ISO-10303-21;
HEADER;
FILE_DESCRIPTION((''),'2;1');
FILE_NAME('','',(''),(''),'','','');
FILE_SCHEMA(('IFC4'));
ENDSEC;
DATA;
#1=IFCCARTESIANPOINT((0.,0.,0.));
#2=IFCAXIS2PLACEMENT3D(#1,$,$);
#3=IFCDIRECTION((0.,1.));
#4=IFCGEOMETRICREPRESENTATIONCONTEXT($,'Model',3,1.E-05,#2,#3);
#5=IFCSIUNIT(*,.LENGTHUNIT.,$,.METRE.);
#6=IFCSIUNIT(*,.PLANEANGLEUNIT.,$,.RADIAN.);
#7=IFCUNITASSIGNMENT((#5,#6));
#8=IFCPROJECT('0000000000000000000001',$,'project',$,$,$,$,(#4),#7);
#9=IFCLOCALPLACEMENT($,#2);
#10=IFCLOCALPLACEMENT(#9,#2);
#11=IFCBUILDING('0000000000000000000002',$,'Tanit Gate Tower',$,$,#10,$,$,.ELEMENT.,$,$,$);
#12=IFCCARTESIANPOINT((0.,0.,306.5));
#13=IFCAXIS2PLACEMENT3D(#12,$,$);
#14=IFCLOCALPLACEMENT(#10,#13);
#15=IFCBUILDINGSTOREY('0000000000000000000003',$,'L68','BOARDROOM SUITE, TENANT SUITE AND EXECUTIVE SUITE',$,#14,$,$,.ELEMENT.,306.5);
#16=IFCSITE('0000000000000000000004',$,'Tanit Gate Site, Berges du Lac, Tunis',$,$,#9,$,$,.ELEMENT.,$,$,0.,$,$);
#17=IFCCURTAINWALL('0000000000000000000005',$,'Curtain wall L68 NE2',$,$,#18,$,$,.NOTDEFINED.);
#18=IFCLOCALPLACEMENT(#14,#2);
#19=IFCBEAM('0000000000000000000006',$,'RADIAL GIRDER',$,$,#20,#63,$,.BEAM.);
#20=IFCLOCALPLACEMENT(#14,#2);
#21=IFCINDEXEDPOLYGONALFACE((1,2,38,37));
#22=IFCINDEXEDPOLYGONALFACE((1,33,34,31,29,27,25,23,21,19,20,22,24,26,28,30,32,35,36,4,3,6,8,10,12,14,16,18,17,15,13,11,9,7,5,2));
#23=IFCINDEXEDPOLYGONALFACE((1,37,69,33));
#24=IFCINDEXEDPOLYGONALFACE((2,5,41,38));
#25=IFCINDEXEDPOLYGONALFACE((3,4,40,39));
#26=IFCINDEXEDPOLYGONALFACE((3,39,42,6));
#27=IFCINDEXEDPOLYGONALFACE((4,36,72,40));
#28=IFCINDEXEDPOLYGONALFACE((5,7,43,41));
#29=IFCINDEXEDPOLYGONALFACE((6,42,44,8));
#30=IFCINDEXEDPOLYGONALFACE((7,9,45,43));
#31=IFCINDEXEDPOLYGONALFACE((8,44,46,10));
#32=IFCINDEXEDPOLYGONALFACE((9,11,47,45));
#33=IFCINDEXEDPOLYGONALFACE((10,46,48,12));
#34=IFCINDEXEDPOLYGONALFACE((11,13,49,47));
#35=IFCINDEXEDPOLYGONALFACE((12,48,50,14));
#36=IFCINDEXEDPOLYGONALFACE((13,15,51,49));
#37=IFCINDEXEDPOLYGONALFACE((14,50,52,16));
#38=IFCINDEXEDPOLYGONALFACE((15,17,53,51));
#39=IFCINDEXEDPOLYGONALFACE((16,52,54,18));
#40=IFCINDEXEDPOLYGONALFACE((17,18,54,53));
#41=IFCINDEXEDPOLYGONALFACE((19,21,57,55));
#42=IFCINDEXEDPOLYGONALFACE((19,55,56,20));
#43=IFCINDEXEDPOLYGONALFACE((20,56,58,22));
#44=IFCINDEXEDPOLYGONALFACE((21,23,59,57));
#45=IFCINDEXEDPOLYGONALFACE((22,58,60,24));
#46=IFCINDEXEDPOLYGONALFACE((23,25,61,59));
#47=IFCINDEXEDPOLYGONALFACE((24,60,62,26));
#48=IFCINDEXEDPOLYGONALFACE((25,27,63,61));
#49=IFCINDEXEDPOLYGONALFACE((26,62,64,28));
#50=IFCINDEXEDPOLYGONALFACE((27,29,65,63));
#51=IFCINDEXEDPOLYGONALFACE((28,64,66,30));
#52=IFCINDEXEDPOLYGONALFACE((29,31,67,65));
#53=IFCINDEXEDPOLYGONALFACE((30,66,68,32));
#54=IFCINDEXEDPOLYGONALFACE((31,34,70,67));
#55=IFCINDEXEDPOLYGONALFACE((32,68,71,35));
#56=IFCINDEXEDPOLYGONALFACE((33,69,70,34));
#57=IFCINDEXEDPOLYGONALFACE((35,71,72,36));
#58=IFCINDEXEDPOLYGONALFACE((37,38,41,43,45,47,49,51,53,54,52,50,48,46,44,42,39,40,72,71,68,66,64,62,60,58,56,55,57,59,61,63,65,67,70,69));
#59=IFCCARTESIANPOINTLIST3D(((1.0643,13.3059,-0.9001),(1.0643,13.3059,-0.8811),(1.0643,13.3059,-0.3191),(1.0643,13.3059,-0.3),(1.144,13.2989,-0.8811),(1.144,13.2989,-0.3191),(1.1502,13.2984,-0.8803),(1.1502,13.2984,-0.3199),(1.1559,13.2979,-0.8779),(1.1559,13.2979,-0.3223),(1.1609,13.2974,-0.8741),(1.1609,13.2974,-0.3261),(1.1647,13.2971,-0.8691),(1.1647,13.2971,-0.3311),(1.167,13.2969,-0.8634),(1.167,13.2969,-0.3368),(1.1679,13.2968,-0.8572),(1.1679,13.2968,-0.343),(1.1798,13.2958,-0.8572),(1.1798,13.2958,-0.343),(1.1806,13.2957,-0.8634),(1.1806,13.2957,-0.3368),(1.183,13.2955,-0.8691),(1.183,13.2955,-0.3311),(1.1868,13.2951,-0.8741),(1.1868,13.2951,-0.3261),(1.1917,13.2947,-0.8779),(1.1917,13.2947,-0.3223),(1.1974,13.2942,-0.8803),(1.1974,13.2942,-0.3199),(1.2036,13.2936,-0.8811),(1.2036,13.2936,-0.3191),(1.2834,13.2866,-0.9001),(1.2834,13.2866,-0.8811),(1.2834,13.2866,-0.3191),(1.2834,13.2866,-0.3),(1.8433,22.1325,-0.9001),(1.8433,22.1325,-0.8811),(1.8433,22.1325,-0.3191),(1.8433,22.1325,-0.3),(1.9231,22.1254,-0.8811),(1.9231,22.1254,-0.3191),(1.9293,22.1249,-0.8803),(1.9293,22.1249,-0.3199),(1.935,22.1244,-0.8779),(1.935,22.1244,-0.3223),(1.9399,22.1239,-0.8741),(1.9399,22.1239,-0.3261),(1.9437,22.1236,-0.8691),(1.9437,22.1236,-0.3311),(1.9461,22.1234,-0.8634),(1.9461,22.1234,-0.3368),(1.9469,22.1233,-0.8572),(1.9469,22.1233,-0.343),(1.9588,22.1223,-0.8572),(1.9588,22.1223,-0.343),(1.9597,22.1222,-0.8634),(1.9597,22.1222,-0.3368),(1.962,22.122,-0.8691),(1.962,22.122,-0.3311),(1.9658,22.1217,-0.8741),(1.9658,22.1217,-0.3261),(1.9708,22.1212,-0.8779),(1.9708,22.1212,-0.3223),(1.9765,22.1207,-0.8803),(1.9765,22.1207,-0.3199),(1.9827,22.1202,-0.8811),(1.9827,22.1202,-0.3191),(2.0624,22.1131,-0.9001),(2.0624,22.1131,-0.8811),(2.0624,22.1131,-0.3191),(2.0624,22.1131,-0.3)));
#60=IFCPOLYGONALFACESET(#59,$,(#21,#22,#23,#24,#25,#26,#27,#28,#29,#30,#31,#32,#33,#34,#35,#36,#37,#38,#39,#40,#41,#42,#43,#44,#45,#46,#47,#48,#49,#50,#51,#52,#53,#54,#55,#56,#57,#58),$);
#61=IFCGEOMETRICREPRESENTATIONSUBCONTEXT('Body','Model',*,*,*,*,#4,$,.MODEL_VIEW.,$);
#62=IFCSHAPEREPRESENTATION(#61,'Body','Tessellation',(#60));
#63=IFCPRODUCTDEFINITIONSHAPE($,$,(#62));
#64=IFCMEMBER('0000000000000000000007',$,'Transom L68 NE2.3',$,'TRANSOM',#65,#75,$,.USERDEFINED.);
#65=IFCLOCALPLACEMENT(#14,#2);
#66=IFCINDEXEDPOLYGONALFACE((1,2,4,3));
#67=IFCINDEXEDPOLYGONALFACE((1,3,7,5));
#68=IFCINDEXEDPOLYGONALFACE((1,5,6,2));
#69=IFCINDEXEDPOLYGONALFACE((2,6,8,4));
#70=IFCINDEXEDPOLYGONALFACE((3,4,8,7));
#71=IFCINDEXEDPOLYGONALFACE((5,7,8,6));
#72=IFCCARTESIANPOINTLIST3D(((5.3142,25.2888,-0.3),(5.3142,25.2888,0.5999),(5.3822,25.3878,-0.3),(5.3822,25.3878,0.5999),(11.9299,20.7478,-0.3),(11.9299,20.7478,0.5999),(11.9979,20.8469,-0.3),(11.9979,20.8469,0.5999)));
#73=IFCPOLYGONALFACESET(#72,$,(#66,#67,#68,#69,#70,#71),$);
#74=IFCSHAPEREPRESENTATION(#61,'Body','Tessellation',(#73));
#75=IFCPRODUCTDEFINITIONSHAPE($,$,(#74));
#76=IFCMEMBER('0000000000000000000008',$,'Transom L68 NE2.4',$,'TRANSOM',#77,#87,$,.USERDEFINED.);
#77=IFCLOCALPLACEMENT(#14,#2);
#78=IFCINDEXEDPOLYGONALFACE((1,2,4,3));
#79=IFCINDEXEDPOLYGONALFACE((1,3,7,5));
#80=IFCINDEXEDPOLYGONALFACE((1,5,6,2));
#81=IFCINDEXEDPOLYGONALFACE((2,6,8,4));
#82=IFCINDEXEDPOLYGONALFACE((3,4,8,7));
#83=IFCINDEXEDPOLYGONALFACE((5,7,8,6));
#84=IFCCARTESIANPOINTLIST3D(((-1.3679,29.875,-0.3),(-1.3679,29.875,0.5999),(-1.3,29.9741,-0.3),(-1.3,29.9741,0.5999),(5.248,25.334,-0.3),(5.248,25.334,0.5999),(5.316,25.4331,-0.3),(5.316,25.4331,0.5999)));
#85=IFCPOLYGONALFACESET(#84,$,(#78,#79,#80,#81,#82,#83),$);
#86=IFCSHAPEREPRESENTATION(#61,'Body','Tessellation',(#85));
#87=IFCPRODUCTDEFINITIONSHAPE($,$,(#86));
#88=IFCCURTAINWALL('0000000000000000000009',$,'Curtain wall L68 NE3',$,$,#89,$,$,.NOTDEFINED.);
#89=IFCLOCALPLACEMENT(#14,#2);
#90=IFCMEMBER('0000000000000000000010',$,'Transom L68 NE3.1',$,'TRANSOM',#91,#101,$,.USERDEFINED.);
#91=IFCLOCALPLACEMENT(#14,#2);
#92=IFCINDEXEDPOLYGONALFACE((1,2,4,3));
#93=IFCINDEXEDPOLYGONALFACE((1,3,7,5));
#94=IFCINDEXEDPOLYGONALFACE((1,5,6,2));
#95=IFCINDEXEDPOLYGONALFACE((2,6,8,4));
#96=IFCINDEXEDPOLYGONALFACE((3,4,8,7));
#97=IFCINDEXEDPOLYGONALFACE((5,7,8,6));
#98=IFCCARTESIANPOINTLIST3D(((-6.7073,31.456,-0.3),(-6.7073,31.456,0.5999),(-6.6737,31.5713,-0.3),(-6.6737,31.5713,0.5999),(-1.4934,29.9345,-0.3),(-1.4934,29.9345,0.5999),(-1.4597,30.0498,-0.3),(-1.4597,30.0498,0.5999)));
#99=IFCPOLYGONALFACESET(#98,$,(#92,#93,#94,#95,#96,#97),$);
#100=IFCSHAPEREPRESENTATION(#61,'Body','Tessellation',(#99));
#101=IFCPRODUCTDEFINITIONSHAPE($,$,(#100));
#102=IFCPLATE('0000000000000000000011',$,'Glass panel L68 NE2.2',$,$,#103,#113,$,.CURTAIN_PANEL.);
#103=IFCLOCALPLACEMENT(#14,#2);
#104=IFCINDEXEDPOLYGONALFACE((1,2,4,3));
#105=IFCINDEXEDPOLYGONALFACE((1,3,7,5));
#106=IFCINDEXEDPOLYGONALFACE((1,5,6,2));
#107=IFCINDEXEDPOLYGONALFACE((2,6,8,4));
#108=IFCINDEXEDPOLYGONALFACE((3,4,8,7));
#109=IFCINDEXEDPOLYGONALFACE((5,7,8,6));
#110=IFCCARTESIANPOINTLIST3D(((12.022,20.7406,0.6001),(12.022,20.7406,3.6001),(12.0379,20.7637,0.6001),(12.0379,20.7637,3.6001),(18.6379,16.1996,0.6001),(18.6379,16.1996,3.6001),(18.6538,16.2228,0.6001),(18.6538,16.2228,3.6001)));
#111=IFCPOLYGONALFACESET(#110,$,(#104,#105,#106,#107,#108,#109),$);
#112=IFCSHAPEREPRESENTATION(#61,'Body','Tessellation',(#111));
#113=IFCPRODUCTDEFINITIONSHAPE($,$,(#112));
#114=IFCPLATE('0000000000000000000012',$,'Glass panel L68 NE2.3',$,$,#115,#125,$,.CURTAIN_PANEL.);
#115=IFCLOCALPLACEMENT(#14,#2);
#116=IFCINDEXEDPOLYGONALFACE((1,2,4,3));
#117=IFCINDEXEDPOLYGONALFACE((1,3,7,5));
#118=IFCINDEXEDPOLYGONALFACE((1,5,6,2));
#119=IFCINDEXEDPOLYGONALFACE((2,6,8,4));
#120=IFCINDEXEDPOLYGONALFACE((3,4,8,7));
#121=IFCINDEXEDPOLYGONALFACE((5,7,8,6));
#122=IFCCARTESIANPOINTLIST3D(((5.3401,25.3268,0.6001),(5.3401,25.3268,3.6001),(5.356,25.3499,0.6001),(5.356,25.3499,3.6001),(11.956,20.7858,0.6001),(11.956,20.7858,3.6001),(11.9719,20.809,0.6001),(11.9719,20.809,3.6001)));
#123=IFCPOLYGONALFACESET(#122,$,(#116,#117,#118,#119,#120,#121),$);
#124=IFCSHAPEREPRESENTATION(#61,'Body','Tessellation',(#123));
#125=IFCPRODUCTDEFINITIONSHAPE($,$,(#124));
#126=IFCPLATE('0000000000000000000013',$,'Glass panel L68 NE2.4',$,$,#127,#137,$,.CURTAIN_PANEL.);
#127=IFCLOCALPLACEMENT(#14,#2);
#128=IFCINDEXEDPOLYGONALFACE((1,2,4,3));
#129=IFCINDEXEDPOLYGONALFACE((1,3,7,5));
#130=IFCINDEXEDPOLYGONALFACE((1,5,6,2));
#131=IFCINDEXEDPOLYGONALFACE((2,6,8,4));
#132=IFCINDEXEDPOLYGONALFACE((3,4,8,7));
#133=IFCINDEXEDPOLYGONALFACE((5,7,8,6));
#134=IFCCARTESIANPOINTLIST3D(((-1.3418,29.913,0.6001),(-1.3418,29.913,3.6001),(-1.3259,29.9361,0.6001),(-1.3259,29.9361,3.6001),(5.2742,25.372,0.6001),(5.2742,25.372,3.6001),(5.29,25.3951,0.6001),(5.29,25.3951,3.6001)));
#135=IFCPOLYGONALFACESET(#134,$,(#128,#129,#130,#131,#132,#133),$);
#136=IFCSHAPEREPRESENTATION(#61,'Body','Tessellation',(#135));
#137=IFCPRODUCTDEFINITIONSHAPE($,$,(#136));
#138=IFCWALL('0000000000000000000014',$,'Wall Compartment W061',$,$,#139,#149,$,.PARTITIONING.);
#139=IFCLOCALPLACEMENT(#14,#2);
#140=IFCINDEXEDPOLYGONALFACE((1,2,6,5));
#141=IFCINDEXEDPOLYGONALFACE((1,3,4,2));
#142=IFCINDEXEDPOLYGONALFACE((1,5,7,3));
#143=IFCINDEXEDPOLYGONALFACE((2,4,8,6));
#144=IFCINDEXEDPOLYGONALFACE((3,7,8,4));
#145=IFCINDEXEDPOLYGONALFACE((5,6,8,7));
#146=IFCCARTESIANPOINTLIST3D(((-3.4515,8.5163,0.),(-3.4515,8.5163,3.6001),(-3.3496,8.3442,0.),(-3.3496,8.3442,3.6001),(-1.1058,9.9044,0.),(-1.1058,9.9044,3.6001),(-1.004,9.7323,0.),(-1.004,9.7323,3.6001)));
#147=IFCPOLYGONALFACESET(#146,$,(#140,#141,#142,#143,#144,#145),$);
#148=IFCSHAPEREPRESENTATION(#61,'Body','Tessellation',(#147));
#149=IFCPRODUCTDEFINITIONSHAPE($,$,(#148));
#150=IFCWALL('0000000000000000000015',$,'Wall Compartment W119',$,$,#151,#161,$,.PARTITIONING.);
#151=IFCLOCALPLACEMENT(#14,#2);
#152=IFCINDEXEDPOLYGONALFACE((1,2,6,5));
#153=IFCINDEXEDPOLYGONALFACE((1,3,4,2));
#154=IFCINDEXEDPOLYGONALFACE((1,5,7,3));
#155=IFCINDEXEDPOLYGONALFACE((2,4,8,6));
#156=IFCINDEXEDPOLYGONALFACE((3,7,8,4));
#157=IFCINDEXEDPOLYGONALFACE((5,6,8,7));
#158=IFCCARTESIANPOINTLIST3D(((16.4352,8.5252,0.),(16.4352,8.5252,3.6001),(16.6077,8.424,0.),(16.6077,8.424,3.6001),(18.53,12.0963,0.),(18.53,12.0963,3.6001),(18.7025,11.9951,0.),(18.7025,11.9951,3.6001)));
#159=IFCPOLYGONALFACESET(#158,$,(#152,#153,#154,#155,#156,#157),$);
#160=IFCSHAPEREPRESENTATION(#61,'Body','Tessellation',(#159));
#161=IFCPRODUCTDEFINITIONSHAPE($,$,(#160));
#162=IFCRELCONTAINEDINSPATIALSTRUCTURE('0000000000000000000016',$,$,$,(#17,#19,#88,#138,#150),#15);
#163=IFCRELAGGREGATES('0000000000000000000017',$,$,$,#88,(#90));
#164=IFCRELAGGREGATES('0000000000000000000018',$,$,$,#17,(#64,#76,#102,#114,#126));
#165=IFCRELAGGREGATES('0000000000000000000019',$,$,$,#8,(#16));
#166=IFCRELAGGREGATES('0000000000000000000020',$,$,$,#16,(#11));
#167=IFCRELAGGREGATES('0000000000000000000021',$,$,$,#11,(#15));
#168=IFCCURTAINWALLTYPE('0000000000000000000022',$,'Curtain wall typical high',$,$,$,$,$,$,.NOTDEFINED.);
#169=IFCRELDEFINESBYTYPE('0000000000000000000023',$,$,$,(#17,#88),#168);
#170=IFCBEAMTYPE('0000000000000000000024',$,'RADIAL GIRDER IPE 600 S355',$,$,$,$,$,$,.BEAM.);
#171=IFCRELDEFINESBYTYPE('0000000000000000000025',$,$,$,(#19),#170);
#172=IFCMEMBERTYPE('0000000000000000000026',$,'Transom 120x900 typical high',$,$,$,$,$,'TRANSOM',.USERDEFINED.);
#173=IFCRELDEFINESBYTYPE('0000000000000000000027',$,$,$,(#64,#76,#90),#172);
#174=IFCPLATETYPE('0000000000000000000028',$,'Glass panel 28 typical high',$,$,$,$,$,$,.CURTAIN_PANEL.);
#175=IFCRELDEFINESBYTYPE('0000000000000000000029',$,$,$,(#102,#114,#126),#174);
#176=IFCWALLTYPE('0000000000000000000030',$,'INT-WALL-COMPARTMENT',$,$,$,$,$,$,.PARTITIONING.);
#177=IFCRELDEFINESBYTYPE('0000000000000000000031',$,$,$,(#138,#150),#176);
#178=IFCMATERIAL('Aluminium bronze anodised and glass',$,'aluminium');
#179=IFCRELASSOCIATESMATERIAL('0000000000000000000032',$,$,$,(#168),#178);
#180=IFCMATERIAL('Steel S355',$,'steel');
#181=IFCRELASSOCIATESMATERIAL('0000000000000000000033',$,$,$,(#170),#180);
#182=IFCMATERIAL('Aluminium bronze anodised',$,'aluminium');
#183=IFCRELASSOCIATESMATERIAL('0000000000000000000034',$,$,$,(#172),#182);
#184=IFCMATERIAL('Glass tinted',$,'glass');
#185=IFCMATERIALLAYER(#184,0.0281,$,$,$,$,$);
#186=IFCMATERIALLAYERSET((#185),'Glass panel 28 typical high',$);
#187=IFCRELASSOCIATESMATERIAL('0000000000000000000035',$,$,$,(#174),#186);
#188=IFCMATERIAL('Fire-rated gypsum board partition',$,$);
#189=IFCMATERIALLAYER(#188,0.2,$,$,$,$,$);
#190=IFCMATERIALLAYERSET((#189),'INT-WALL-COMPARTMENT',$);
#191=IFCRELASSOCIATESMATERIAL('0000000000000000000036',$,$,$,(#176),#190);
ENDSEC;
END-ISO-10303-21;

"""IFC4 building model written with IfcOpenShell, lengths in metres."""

from ifc_helpers import new_model, si_unit, direction, frame, frame_2d, origin, origin_2d, place, context, subcontext, project, spatial, rectangle, i_section, extrude, material, layer, layer_set, material_profile, profile_set, type_object, element, aggregate, save


model = new_model("IFC4")

# Units and contexts
model_context = context("Model", 3, precision=1e-05, world=origin(), true_north=direction((0.0, 1.0)))
body_context = subcontext(model_context, "Body", "Model", "MODEL_VIEW")
ifc_project = project(units=[si_unit("LENGTHUNIT", "METRE"), si_unit("PLANEANGLEUNIT", "RADIAN")], contexts=[model_context])

# Site, building, storey
site_placement = place(None, origin())
site = spatial("IfcSite", under=ifc_project, at=site_placement, Name="Tanit Gate Site, Berges du Lac, Tunis", CompositionType="ELEMENT", RefElevation=0.0)
building_placement = place(site_placement, origin())
building = spatial("IfcBuilding", under=site, at=building_placement, Name="Tanit Gate Tower", CompositionType="ELEMENT")
storey_placement = place(building_placement, frame((0.0, 0.0, 306.5)))
storey = spatial("IfcBuildingStorey", under=building, at=storey_placement, Name="L68", Description="BOARDROOM SUITE, TENANT SUITE AND EXECUTIVE SUITE", CompositionType="ELEMENT", Elevation=306.5)

# Curtain wall
ifc_material_1 = material(Name="Aluminium bronze anodised and glass", Category="aluminium")
curtain_wall_type = type_object("IfcCurtainWallType", Name="Curtain wall typical high", PredefinedType="NOTDEFINED", material=ifc_material_1)
curtain_wall_1_placement = place(storey_placement, origin())
curtain_wall_1 = element("IfcCurtainWall", 1, at=curtain_wall_1_placement, inside=storey, type_object=curtain_wall_type, Name="Curtain wall L68 NE2", PredefinedType="NOTDEFINED")

# Beam
ifc_material_2 = material(Name="Steel S355", Category="steel")
ifc_material_profile_1 = material_profile(ifc_material_2, i_section(OverallWidth=0.22, OverallDepth=0.6001, WebThickness=0.012, FlangeThickness=0.019, FilletRadius=0.0239, at=origin_2d()), Name="IPE 600")
ifc_profile_set_1 = profile_set([ifc_material_profile_1], Name="Steel S355")
beam_type = type_object("IfcBeamType", Name="RADIAL GIRDER IPE 600 S355", PredefinedType="BEAM", material=ifc_profile_set_1)
beam_placement = place(storey_placement, frame((1.9529, 22.1228, -0.6001), z_axis=(-0.087922, -0.996127, 0.0), x_axis=(0.996127, -0.087922, 0.0)))
element("IfcBeam", 2, at=beam_placement, inside=storey, type_object=beam_type, Name="RADIAL GIRDER", PredefinedType="BEAM", context=body_context, shape_type="SweptSolid", body=[
    extrude(i_section(OverallWidth=0.22, OverallDepth=0.6001, WebThickness=0.012, FlangeThickness=0.019, FilletRadius=0.0239, at=origin_2d()), origin(), (0.0, 0.0, 1.0), 8.8608),
])

# Members
ifc_material_3 = material(Name="Aluminium bronze anodised", Category="aluminium")
ifc_material_profile_2 = material_profile(ifc_material_3, rectangle(XDim=0.1201, YDim=0.8999, at=origin_2d()), Name="120x900 bronze transom")
ifc_profile_set_2 = profile_set([ifc_material_profile_2], Name="Aluminium bronze anodised")
member_type_1 = type_object("IfcMemberType", Name="Transom 120x900 typical high", ElementType="TRANSOM", PredefinedType="USERDEFINED", material=ifc_profile_set_2)
member_1_placement = place(storey_placement, frame((11.9639, 20.7974, 0.1499), z_axis=(-0.824466, 0.565911, 0.0), x_axis=(-0.565911, -0.824466, 0.0)))
member_1 = element("IfcMember", 3, at=member_1_placement, type_object=member_type_1, Name="Transom L68 NE2.3", ObjectType="TRANSOM", PredefinedType="USERDEFINED", context=body_context, shape_type="SweptSolid", body=[
    extrude(rectangle(XDim=0.1201, YDim=0.8999, at=origin_2d()), origin(), (0.0, 0.0, 1.0), 8.0242),
])
member_2_placement = place(storey_placement, frame((5.282, 25.3835, 0.1499), z_axis=(-0.824476, 0.565897, 0.0), x_axis=(-0.565897, -0.824476, 0.0)))
member_2 = element("IfcMember", 4, at=member_2_placement, type_object=member_type_1, Name="Transom L68 NE2.4", ObjectType="TRANSOM", PredefinedType="USERDEFINED", context=body_context, shape_type="SweptSolid", body=[
    extrude(rectangle(XDim=0.1201, YDim=0.8999, at=origin_2d()), origin(), (0.0, 0.0, 1.0), 8.0244),
])

# Curtain wall, member
curtain_wall_2_placement = place(storey_placement, origin())
curtain_wall_2 = element("IfcCurtainWall", 5, at=curtain_wall_2_placement, inside=storey, type_object=curtain_wall_type, Name="Curtain wall L68 NE3", PredefinedType="NOTDEFINED")
member_3_placement = place(storey_placement, frame((-1.4766, 29.9922, 0.1499), z_axis=(-0.959962, 0.280131, 0.0), x_axis=(-0.280131, -0.959962, 0.0)))
member_3 = element("IfcMember", 6, at=member_3_placement, type_object=member_type_1, Name="Transom L68 NE3.1", ObjectType="TRANSOM", PredefinedType="USERDEFINED", context=body_context, shape_type="SweptSolid", body=[
    extrude(rectangle(XDim=0.1201, YDim=0.8999, at=origin_2d()), origin(), (0.0, 0.0, 1.0), 5.4314),
])
aggregate(curtain_wall_2, [member_3])

# Plates
ifc_material_4 = material(Name="Glass tinted", Category="glass")
ifc_layer_1 = layer(ifc_material_4, 0.0281)
ifc_layer_set_1 = layer_set([ifc_layer_1], Name="Glass panel 28 typical high")
plate_type = type_object("IfcPlateType", Name="Glass panel 28 typical high", PredefinedType="CURTAIN_PANEL", material=ifc_layer_set_1)
plate_1_placement = place(storey_placement, frame((15.3379, 18.4817, 0.6001), z_axis=(0.0, 0.0, 1.0), x_axis=(-0.824479, 0.565893, 0.0)))
plate_1 = element("IfcPlate", 7, at=plate_1_placement, type_object=plate_type, Name="Glass panel L68 NE2.2", PredefinedType="CURTAIN_PANEL", context=body_context, shape_type="SweptSolid", body=[
    extrude(rectangle(XDim=8.0244, YDim=0.0281, at=origin_2d()), origin(), (0.0, 0.0, 1.0), 3.0),
])
plate_2_placement = place(storey_placement, frame((8.656, 23.0679, 0.6001), z_axis=(0.0, 0.0, 1.0), x_axis=(-0.824479, 0.565893, 0.0)))
plate_2 = element("IfcPlate", 8, at=plate_2_placement, type_object=plate_type, Name="Glass panel L68 NE2.3", PredefinedType="CURTAIN_PANEL", context=body_context, shape_type="SweptSolid", body=[
    extrude(rectangle(XDim=8.0244, YDim=0.0281, at=origin_2d()), origin(), (0.0, 0.0, 1.0), 3.0),
])
plate_3_placement = place(storey_placement, frame((1.9741, 27.6541, 0.6001), z_axis=(0.0, 0.0, 1.0), x_axis=(-0.824479, 0.565893, 0.0)))
plate_3 = element("IfcPlate", 9, at=plate_3_placement, type_object=plate_type, Name="Glass panel L68 NE2.4", PredefinedType="CURTAIN_PANEL", context=body_context, shape_type="SweptSolid", body=[
    extrude(rectangle(XDim=8.0244, YDim=0.0281, at=origin_2d()), origin(), (0.0, 0.0, 1.0), 3.0),
])
aggregate(curtain_wall_1, [member_1, member_2, plate_1, plate_2, plate_3])

# Walls
ifc_material_5 = material(Name="Fire-rated gypsum board partition")
ifc_layer_2 = layer(ifc_material_5, 0.2)
ifc_layer_set_2 = layer_set([ifc_layer_2], Name="INT-WALL-COMPARTMENT")
wall_type_1 = type_object("IfcWallType", Name="INT-WALL-COMPARTMENT", PredefinedType="PARTITIONING", material=ifc_layer_set_2)
wall_1_placement = place(storey_placement, frame((-1.0549, 9.8184, 0.0), z_axis=(0.0, 0.0, 1.0), x_axis=(-0.860591, -0.509297, 0.0)))
element("IfcWall", 10, at=wall_1_placement, inside=storey, type_object=wall_type_1, Name="Wall Compartment W061", PredefinedType="PARTITIONING", context=body_context, shape_type="SweptSolid", body=[
    extrude(rectangle(XDim=2.7256, YDim=0.2, at=frame_2d((1.3628, 0.0))), origin(), (0.0, 0.0, 1.0), 3.6001),
])
wall_2_placement = place(storey_placement, frame((16.5215, 8.4746, 0.0), z_axis=(0.0, 0.0, 1.0), x_axis=(0.505963, 0.862555, 0.0)))
element("IfcWall", 11, at=wall_2_placement, inside=storey, type_object=wall_type_1, Name="Wall Compartment W119", PredefinedType="PARTITIONING", context=body_context, shape_type="SweptSolid", body=[
    extrude(rectangle(XDim=4.1401, YDim=0.2, at=frame_2d((2.0701, 0.0))), origin(), (0.0, 0.0, 1.0), 3.6001),
])

save(model, "model.ifc")
